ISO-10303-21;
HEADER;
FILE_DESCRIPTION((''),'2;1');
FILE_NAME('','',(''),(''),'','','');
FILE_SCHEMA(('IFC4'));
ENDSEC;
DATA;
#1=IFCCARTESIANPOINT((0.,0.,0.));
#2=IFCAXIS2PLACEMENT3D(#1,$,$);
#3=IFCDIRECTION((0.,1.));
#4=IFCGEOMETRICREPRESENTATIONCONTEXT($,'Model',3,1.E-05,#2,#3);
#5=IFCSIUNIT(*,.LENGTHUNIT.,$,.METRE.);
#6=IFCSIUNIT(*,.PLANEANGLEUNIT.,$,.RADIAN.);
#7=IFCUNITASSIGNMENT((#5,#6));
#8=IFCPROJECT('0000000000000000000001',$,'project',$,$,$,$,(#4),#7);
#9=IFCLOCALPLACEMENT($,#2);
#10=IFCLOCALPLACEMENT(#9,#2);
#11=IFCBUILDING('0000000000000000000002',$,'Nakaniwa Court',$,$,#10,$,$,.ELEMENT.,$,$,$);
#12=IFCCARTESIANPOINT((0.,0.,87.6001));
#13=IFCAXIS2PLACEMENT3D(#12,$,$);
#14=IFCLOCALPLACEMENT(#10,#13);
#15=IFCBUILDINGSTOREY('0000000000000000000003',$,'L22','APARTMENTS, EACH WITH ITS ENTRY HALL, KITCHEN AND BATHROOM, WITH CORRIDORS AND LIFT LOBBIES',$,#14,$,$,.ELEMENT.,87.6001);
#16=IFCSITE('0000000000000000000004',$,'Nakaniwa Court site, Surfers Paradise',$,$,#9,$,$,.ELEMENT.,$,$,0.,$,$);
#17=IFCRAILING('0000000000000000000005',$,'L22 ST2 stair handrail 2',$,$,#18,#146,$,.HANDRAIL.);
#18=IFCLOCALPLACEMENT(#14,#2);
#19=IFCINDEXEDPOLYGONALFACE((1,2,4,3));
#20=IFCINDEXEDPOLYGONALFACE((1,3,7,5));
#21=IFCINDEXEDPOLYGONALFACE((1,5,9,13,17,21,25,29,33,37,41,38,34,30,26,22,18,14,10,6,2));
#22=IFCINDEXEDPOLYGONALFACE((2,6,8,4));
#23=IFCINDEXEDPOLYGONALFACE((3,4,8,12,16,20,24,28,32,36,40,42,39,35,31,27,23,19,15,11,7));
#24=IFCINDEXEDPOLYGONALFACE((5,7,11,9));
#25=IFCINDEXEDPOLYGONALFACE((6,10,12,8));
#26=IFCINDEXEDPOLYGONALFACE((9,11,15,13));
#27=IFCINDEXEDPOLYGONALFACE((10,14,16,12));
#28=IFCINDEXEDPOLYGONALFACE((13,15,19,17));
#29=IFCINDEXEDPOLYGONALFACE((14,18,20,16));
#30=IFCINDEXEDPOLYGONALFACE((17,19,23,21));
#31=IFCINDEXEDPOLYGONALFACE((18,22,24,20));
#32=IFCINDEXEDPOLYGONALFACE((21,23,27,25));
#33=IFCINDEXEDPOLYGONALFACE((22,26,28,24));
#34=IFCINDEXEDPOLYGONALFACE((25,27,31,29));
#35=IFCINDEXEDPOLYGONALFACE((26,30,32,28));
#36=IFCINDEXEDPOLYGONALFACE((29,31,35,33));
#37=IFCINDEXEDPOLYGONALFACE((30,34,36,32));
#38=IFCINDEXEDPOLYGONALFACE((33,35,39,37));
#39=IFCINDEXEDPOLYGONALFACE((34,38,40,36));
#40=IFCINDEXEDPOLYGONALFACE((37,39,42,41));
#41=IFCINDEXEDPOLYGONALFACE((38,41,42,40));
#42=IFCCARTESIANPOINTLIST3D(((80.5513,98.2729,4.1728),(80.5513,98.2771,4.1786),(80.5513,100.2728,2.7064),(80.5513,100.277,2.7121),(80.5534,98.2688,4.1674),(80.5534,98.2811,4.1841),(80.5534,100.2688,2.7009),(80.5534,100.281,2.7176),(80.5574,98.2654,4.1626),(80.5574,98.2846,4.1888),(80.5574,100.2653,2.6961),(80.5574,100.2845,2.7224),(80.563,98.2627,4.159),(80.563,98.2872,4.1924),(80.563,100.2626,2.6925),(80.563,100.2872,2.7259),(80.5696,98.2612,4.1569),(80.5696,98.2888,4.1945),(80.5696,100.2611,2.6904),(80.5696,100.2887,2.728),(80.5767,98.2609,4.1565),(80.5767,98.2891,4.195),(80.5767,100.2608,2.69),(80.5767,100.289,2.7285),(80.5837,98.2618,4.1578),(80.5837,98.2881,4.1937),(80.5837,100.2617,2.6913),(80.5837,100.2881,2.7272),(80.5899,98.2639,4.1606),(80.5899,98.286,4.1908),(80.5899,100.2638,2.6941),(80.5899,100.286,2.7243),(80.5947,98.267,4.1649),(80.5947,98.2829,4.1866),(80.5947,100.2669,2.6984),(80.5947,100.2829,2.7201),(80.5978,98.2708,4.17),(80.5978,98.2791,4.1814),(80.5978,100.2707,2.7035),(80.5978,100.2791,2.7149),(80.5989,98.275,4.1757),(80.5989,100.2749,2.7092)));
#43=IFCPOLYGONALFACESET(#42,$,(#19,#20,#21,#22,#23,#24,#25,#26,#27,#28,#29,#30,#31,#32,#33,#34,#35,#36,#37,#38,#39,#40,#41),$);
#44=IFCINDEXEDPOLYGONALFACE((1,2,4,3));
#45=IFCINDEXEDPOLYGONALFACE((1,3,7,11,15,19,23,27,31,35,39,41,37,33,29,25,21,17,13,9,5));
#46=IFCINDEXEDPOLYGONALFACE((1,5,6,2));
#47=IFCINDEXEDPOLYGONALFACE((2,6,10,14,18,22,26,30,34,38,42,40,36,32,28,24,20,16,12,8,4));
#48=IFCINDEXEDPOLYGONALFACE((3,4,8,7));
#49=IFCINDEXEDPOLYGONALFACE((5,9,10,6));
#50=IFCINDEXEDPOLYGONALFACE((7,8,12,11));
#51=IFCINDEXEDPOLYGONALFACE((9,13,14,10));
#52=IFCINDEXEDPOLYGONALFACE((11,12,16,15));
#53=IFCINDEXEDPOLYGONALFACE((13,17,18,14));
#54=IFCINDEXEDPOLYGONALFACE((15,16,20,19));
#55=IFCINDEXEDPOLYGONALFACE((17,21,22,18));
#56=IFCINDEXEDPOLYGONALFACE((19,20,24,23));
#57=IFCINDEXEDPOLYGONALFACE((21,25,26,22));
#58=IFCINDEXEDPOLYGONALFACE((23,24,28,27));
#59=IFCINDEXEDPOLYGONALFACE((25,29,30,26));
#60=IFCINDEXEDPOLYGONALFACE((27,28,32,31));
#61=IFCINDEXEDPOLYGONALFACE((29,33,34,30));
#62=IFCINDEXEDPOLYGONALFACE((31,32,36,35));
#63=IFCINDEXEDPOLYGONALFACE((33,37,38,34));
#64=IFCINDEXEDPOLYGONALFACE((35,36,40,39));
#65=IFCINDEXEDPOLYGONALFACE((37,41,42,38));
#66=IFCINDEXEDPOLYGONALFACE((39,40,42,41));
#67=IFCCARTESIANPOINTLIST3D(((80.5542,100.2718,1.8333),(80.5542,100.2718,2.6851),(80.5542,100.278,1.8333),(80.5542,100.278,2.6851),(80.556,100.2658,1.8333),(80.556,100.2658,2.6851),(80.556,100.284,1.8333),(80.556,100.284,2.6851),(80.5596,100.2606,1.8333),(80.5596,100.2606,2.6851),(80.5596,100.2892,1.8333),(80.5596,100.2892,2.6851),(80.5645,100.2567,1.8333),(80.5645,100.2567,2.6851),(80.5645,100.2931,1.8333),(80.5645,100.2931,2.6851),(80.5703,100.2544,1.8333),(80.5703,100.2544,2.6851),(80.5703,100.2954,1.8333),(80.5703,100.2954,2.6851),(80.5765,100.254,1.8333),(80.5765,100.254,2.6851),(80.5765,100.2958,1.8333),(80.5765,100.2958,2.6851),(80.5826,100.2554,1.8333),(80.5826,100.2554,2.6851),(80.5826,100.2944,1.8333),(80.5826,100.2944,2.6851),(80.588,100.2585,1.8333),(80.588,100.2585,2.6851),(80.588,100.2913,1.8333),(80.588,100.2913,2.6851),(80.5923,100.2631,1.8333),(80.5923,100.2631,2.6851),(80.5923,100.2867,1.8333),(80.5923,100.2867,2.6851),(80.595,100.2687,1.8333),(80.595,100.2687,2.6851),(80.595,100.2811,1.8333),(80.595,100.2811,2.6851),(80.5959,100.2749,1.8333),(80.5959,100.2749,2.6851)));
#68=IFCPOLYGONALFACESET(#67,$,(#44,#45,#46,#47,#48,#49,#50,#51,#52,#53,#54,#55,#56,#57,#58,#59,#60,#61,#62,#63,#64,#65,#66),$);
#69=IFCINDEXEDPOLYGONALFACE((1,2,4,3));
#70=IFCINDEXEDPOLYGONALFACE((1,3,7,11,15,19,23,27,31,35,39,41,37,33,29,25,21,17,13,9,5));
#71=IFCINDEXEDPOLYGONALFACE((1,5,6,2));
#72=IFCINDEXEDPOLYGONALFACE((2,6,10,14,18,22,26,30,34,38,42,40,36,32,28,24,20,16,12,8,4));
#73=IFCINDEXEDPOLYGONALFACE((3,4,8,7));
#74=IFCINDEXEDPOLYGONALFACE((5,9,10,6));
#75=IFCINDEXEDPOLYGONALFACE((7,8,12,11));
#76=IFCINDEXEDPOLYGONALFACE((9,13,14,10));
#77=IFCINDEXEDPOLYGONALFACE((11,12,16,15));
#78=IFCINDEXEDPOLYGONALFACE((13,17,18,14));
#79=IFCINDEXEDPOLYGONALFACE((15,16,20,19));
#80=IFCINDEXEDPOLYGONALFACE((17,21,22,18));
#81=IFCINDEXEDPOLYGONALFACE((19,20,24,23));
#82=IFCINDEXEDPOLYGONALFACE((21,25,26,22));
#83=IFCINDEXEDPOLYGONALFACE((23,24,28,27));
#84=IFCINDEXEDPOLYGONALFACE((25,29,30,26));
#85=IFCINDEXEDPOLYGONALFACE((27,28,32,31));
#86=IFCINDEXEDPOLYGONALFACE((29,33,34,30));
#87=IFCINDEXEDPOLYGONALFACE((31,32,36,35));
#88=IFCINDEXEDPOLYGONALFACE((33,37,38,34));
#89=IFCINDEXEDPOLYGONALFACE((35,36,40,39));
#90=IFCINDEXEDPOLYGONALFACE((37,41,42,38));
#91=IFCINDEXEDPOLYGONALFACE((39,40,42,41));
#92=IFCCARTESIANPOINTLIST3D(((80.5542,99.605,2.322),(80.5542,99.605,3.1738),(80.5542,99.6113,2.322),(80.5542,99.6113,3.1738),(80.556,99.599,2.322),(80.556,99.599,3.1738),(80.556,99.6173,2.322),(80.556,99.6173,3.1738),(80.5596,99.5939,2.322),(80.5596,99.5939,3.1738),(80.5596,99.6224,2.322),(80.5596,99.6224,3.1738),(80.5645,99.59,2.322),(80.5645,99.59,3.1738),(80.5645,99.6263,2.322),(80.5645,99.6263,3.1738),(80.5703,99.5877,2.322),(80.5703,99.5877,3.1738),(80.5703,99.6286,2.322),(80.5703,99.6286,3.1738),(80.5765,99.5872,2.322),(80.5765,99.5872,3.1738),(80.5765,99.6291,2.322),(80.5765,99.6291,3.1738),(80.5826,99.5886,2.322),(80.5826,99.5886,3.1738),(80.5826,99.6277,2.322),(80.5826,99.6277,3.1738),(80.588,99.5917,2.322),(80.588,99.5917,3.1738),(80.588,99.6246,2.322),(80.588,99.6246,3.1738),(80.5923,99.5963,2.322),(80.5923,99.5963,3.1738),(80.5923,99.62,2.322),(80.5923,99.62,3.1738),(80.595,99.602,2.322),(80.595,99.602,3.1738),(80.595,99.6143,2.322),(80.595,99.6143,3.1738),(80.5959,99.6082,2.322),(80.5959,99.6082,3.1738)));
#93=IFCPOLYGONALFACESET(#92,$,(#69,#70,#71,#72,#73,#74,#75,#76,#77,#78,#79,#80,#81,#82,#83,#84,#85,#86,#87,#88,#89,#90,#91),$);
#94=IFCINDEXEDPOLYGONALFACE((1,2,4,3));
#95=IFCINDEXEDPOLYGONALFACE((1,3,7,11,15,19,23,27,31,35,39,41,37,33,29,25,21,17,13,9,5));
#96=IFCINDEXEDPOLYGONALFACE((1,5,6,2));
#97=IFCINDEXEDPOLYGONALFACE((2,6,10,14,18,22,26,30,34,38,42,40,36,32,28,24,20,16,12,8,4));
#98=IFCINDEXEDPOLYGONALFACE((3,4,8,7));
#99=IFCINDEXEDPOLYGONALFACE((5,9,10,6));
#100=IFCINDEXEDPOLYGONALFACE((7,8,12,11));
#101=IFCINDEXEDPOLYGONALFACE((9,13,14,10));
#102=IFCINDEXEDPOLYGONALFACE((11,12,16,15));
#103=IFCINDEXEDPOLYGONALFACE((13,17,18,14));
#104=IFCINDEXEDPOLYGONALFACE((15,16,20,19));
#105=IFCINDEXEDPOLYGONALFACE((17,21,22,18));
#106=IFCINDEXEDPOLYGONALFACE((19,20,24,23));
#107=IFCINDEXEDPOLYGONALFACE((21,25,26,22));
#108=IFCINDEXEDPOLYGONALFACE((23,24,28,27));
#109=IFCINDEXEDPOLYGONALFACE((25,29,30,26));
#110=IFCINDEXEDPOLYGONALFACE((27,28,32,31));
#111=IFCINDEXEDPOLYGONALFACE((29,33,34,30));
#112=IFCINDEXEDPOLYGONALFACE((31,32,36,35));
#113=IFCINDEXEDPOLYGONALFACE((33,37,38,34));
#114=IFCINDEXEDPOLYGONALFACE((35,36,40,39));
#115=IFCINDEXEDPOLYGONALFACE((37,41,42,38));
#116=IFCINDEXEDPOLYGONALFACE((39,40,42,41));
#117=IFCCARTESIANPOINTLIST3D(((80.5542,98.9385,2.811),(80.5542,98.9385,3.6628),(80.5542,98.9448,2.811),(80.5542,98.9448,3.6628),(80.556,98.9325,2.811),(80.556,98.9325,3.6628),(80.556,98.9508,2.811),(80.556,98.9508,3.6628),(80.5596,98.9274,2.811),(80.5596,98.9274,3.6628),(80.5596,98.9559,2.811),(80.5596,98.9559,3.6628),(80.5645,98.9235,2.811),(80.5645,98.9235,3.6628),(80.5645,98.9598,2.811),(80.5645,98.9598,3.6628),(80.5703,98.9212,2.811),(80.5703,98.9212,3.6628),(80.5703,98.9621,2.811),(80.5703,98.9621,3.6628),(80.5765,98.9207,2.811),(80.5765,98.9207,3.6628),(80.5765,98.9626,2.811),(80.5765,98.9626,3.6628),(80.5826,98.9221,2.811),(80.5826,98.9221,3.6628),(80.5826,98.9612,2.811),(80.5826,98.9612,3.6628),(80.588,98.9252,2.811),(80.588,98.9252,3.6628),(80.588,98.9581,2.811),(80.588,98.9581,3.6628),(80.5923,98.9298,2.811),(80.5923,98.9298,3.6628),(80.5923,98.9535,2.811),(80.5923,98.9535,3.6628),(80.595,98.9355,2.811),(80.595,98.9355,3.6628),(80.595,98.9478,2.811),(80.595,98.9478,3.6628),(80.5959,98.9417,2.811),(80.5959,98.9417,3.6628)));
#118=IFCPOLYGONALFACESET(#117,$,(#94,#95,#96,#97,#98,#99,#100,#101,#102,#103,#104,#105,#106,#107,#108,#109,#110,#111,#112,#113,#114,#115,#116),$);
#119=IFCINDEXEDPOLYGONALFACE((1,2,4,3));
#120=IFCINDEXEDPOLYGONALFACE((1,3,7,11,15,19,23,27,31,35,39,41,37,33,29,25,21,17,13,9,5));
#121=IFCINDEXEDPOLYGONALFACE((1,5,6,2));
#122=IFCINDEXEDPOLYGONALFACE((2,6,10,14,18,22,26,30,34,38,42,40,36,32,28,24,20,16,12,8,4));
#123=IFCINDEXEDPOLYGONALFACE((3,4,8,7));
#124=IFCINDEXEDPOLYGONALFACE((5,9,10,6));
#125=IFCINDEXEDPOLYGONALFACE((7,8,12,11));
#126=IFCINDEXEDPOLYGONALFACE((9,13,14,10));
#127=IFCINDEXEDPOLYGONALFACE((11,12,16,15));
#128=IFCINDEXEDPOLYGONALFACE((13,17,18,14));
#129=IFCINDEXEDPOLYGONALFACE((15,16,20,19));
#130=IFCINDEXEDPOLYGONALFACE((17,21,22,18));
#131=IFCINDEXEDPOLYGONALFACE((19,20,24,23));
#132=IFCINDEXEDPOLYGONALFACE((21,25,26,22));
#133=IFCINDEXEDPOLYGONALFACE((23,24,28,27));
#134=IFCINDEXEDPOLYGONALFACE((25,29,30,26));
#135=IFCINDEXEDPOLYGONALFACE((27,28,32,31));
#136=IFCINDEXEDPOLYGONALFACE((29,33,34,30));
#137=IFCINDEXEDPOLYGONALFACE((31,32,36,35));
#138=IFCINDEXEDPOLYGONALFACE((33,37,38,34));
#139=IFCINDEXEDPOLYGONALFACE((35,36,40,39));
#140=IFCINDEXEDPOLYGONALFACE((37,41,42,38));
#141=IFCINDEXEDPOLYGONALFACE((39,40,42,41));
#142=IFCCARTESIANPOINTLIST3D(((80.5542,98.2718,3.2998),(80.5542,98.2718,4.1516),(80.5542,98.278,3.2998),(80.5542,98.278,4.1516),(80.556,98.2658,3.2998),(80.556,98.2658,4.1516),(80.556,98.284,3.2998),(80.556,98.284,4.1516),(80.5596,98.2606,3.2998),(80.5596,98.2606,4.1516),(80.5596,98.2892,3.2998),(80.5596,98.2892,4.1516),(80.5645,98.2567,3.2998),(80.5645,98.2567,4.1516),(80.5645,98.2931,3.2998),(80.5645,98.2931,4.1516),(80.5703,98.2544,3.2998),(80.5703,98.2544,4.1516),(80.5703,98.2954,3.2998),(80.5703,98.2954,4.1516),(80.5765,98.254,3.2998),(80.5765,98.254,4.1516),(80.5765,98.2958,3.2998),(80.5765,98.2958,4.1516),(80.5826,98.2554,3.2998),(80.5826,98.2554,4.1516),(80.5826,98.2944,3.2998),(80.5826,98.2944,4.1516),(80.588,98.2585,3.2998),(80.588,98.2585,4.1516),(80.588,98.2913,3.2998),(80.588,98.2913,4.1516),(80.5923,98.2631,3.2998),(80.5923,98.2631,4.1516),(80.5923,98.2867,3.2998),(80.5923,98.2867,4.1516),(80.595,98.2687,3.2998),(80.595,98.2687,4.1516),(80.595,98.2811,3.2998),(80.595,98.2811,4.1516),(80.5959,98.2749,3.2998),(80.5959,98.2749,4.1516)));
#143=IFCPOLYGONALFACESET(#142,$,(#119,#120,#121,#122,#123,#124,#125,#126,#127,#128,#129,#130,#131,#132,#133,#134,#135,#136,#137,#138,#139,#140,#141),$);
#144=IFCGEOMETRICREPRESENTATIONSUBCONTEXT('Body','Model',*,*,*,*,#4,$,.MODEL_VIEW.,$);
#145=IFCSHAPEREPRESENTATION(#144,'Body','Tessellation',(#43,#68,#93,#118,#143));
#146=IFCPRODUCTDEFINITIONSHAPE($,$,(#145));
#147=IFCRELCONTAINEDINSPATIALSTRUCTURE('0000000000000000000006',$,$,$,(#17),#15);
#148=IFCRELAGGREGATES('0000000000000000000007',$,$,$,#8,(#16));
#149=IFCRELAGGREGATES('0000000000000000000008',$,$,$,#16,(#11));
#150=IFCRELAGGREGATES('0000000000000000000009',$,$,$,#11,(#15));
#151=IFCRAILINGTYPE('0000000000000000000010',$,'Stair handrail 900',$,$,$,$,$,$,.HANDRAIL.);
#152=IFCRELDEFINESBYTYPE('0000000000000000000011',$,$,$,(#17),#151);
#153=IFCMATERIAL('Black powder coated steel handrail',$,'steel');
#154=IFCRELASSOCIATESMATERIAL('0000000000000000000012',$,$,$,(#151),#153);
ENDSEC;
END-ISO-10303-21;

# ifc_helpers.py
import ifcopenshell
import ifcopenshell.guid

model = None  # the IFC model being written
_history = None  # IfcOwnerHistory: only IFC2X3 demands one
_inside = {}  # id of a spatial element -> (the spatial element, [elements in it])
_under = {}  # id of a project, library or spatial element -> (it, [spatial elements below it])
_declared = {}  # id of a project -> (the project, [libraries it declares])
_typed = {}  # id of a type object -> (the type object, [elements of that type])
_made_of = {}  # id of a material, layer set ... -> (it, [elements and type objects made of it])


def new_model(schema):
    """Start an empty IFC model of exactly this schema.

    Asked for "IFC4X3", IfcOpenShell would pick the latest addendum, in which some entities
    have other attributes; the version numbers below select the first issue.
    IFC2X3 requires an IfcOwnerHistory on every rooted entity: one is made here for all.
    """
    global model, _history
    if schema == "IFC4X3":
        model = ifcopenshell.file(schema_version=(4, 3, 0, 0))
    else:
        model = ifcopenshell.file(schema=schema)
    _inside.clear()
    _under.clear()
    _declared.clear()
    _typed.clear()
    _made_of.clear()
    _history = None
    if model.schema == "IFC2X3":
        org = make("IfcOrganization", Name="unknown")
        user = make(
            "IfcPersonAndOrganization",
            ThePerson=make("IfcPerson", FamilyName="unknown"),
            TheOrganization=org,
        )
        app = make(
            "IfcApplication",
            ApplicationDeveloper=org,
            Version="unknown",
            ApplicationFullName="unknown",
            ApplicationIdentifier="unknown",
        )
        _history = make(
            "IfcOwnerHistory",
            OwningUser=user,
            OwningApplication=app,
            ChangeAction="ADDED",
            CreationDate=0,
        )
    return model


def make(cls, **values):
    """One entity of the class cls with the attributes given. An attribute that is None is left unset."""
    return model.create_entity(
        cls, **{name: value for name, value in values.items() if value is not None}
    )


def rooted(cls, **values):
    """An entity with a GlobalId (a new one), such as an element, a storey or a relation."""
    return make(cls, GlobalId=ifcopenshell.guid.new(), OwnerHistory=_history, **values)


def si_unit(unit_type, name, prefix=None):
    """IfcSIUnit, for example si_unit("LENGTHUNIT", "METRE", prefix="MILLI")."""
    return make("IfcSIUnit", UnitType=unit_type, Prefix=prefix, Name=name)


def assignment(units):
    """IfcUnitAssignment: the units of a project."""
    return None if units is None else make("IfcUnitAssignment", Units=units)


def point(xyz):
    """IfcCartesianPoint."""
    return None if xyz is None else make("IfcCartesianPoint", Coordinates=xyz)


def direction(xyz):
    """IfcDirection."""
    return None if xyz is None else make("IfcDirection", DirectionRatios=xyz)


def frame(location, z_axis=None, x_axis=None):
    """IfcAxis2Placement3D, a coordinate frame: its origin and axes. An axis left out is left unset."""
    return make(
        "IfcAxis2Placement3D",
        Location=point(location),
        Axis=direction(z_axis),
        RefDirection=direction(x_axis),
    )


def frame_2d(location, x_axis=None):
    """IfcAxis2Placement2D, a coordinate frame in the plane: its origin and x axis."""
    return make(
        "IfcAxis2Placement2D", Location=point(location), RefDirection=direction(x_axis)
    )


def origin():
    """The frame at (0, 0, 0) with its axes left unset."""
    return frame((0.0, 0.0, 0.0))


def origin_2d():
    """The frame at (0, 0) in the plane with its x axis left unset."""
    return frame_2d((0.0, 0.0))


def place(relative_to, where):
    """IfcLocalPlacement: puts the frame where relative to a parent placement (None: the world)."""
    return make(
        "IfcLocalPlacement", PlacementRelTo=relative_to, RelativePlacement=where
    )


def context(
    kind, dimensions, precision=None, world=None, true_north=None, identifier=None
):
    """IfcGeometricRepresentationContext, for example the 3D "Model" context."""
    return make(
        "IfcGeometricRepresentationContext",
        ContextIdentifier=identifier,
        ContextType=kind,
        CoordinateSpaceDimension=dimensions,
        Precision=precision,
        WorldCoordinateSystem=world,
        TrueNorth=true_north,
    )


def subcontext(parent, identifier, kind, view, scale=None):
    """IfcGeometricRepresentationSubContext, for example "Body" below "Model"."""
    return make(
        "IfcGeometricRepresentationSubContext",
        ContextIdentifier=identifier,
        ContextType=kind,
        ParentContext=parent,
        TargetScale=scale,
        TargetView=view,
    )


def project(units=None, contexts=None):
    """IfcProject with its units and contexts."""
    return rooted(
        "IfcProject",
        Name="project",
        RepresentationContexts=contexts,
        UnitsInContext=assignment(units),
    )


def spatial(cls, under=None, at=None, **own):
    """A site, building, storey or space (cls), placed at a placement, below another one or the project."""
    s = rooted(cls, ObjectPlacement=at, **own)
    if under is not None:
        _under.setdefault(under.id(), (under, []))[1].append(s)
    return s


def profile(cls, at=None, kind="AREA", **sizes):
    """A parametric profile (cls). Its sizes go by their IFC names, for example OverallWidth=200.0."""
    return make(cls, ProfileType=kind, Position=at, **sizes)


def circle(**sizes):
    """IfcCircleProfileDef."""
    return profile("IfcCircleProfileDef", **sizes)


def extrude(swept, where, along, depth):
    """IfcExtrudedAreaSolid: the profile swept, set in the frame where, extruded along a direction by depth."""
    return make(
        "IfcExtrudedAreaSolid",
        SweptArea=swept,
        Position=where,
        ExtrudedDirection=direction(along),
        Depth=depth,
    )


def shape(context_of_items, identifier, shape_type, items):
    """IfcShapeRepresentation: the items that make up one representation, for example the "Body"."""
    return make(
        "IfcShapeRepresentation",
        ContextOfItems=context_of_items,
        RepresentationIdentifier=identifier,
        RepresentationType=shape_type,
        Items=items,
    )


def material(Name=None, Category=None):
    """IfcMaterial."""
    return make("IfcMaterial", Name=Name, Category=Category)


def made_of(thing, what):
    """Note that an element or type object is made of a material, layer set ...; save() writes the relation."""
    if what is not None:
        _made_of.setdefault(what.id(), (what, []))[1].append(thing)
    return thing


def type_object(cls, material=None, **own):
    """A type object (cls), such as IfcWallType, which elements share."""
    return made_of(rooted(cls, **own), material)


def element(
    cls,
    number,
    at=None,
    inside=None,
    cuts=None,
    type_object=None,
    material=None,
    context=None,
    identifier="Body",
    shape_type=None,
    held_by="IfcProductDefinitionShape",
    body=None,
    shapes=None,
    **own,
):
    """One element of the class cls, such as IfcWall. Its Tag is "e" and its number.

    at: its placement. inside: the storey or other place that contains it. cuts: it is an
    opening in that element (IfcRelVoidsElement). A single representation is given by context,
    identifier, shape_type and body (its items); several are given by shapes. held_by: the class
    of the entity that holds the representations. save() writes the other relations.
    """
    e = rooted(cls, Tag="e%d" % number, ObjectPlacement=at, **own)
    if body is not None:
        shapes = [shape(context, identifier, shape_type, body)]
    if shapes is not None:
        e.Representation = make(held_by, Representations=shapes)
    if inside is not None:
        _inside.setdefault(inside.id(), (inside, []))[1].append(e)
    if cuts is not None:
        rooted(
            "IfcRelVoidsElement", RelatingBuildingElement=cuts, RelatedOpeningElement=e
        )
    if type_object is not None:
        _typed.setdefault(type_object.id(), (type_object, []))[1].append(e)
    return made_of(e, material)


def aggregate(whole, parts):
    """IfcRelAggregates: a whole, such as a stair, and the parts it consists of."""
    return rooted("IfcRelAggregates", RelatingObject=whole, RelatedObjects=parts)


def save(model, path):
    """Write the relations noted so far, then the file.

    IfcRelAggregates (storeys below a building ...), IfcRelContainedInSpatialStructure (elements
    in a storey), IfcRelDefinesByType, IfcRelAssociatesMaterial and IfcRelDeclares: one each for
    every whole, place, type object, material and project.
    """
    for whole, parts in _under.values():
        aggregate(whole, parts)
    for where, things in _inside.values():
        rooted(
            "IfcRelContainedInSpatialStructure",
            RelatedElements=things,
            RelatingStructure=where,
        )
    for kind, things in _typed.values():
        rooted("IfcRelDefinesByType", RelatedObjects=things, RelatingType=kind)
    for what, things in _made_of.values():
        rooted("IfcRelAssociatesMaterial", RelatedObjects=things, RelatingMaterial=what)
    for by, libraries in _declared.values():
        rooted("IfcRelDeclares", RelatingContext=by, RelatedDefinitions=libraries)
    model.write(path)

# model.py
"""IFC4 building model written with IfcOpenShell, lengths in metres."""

from ifc_helpers import new_model, si_unit, direction, frame, origin, origin_2d, place, context, subcontext, project, spatial, circle, extrude, material, type_object, element, save


model = new_model("IFC4")

# Units and contexts
model_context = context("Model", 3, precision=1e-05, world=origin(), true_north=direction((0.0, 1.0)))
body_context = subcontext(model_context, "Body", "Model", "MODEL_VIEW")
ifc_project = project(units=[si_unit("LENGTHUNIT", "METRE"), si_unit("PLANEANGLEUNIT", "RADIAN")], contexts=[model_context])

# Site, building, storey
site_placement = place(None, origin())
site = spatial("IfcSite", under=ifc_project, at=site_placement, Name="Nakaniwa Court site, Surfers Paradise", CompositionType="ELEMENT", RefElevation=0.0)
building_placement = place(site_placement, origin())
building = spatial("IfcBuilding", under=site, at=building_placement, Name="Nakaniwa Court", CompositionType="ELEMENT")
storey_placement = place(building_placement, frame((0.0, 0.0, 87.6001)))
storey = spatial("IfcBuildingStorey", under=building, at=storey_placement, Name="L22", Description="APARTMENTS, EACH WITH ITS ENTRY HALL, KITCHEN AND BATHROOM, WITH CORRIDORS AND LIFT LOBBIES", CompositionType="ELEMENT", Elevation=87.6001)

# Railing
ifc_material_1 = material(Name="Black powder coated steel handrail", Category="steel")
railing_type_1 = type_object("IfcRailingType", Name="Stair handrail 900", PredefinedType="HANDRAIL", material=ifc_material_1)
railing_1_placement = place(storey_placement, frame((80.575, 100.2749, 1.8333)))
element("IfcRailing", 1, at=railing_1_placement, inside=storey, type_object=railing_type_1, Name="L22 ST2 stair handrail 2", PredefinedType="HANDRAIL", context=body_context, shape_type="SweptSolid", body=[
    extrude(circle(Radius=0.0239, at=origin_2d()), frame((0.0, 0.0, 0.876), z_axis=(0.0, -0.806427, 0.591334), x_axis=(1.0, 0.0, 0.0)), (0.0, 0.0, 1.0), 2.48),
    extrude(circle(Radius=0.021, at=origin_2d()), origin(), (0.0, 0.0, 1.0), 0.8518),
    extrude(circle(Radius=0.021, at=origin_2d()), frame((0.0, -0.6667, 0.4888)), (0.0, 0.0, 1.0), 0.8518),
    extrude(circle(Radius=0.021, at=origin_2d()), frame((0.0, -1.3333, 0.9778)), (0.0, 0.0, 1.0), 0.8518),
    extrude(circle(Radius=0.021, at=origin_2d()), frame((0.0, -2.0, 1.4666)), (0.0, 0.0, 1.0), 0.8518),
])

save(model, "model.ifc")
